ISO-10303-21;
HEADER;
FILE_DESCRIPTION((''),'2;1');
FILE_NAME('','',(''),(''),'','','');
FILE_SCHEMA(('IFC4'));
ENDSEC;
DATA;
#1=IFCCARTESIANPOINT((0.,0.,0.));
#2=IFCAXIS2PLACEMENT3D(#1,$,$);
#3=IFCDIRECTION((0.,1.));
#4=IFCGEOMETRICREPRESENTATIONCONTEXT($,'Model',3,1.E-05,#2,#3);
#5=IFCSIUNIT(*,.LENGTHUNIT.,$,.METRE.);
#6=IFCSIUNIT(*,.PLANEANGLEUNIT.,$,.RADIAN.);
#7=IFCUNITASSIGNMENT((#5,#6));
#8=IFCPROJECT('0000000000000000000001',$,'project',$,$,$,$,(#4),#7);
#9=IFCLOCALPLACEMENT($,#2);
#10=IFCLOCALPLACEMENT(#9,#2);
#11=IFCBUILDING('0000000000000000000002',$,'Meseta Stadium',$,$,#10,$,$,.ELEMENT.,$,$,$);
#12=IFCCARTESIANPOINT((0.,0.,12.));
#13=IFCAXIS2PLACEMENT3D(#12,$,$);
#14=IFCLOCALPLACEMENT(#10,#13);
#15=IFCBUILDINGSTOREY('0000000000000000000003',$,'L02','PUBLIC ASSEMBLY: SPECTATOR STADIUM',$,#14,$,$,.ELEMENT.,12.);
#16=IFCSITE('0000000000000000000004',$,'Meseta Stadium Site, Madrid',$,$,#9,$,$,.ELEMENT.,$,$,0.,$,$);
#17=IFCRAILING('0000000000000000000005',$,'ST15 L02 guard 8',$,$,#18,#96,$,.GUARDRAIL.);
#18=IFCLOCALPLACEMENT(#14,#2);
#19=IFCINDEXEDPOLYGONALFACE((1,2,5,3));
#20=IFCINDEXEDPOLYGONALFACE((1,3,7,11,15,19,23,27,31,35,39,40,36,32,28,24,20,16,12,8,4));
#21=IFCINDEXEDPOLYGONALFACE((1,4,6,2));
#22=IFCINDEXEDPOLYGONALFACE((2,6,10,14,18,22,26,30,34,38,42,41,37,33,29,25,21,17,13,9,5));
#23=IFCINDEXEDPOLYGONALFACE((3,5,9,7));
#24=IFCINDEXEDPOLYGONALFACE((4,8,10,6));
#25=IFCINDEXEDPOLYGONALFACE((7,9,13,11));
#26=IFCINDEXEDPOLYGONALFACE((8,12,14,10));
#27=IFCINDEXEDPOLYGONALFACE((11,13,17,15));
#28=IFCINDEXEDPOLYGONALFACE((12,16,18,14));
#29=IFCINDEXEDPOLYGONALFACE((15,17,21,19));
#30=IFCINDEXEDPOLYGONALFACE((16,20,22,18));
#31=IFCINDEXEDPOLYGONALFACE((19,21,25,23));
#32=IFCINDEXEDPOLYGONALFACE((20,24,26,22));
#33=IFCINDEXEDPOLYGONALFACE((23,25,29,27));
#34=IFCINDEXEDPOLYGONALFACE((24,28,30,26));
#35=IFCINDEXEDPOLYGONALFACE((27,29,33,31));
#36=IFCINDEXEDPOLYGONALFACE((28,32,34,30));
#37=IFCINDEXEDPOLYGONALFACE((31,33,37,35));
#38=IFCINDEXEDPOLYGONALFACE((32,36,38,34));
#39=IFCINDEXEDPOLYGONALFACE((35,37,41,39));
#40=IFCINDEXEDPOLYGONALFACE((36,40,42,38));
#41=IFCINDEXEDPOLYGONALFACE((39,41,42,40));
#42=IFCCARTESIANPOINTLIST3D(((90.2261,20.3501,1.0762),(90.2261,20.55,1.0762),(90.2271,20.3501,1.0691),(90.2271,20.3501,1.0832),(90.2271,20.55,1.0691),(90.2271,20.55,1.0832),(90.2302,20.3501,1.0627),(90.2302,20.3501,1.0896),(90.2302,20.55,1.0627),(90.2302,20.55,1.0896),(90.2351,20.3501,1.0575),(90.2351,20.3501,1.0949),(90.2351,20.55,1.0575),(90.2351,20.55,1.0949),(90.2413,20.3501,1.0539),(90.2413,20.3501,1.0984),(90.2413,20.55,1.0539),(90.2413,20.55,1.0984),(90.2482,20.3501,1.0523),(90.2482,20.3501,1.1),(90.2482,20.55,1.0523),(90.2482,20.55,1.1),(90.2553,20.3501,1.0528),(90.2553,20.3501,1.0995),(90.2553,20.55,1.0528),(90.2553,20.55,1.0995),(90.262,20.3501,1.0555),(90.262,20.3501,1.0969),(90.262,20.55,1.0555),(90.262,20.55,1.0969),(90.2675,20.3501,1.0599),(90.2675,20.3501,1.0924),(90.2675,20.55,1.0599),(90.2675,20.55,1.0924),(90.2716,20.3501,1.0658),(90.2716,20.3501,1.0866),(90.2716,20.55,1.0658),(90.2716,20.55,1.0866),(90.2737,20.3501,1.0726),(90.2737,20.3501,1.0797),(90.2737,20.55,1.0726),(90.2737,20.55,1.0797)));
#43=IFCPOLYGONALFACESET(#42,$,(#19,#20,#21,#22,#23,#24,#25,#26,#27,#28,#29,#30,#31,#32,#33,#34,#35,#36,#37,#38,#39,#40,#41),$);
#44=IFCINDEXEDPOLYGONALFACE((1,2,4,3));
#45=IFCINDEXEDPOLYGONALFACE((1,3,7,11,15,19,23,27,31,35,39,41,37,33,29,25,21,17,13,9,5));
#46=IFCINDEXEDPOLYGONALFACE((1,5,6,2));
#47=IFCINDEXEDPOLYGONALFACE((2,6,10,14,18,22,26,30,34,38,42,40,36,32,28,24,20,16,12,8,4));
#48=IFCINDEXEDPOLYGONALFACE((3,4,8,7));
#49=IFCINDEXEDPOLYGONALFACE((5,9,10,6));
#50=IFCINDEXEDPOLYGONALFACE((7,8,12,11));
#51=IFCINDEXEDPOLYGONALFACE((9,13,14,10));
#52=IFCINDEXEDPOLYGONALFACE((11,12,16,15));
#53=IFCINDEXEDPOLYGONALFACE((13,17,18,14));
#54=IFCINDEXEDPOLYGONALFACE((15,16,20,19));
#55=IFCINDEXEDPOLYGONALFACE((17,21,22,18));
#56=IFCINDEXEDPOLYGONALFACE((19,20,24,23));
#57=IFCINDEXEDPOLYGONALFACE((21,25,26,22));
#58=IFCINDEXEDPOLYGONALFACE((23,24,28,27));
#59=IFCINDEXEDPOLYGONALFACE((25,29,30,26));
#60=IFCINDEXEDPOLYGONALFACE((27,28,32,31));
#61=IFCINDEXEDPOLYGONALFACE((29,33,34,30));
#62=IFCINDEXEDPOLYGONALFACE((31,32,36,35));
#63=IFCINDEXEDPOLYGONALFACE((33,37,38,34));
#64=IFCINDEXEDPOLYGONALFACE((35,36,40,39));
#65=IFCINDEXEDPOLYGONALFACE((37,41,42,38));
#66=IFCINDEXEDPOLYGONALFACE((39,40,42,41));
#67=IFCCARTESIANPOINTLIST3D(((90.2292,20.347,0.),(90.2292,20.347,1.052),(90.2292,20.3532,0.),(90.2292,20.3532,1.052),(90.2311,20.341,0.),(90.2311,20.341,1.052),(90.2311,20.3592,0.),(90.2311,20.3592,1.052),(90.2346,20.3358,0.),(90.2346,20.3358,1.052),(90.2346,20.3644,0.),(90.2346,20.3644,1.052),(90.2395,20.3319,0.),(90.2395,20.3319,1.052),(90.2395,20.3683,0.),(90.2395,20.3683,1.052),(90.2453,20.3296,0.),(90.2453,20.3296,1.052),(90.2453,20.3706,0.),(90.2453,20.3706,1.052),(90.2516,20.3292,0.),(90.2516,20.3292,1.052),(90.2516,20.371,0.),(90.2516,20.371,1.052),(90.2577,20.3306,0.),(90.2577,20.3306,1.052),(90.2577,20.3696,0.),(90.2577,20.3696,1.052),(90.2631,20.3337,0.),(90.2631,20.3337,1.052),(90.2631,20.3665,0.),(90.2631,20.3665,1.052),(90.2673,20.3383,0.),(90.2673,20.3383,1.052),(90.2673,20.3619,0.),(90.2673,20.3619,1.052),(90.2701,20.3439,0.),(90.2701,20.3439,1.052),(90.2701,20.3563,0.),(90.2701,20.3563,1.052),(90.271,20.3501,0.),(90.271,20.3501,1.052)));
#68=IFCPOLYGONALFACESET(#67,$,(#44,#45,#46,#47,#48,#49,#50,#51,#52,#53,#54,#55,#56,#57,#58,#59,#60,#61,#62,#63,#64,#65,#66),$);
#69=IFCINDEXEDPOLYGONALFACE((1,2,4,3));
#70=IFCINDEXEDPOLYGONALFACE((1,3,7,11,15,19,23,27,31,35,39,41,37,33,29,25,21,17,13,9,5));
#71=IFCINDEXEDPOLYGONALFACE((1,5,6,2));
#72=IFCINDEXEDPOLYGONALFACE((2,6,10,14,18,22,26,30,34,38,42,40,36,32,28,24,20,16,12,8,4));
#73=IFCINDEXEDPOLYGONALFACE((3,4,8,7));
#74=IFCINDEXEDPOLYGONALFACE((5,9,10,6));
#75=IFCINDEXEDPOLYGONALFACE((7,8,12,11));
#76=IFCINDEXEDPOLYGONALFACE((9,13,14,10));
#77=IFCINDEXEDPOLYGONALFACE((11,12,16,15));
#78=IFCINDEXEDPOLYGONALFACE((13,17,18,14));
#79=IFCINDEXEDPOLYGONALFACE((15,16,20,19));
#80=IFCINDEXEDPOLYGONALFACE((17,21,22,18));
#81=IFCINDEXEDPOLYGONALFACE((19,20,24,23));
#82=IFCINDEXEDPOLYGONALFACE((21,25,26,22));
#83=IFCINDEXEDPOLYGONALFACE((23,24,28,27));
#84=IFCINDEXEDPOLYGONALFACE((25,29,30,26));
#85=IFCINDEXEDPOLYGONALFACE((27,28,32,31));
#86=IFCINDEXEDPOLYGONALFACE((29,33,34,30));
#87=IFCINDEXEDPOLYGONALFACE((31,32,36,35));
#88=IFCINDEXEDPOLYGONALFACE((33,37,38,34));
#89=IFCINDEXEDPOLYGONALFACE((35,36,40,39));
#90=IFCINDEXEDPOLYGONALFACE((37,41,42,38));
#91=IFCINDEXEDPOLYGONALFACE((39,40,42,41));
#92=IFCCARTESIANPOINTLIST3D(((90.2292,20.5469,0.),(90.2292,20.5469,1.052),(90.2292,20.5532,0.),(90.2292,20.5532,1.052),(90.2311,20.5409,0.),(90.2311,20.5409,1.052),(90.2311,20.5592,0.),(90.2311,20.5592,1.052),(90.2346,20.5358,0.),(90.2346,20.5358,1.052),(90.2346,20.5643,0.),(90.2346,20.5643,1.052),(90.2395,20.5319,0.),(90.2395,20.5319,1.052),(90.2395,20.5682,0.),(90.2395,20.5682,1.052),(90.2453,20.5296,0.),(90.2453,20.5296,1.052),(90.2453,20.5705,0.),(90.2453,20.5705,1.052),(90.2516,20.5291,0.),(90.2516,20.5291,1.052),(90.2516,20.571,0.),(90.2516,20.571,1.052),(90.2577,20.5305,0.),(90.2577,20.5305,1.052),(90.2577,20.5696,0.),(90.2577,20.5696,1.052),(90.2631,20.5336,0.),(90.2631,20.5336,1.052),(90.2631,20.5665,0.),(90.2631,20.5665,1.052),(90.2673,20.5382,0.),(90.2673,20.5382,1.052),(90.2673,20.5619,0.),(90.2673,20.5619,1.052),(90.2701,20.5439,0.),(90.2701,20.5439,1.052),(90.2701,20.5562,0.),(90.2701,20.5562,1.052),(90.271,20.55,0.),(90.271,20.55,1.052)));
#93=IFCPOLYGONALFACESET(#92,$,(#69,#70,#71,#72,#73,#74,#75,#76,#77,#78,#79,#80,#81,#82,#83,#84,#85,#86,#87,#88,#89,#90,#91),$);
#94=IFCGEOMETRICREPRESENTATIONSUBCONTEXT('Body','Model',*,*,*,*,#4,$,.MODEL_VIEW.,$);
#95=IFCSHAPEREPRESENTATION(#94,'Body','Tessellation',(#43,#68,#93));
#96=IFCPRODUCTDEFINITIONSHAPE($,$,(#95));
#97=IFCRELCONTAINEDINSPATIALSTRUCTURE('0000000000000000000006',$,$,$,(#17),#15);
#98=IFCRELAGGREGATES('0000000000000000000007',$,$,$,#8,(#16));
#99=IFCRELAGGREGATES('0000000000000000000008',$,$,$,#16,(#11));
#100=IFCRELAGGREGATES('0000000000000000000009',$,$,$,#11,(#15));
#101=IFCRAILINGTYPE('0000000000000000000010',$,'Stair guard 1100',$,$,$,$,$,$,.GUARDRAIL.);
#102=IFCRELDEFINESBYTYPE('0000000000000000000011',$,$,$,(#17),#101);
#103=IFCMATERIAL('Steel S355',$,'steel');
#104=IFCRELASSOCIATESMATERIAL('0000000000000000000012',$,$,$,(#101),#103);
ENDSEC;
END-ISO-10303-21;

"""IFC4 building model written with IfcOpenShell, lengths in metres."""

from ifc_helpers import new_model, si_unit, direction, frame, origin, origin_2d, place, context, subcontext, project, spatial, circle, extrude, material, type_object, element, save


model = new_model("IFC4")

# Units and contexts
model_context = context("Model", 3, precision=1e-05, world=origin(), true_north=direction((0.0, 1.0)))
body_context = subcontext(model_context, "Body", "Model", "MODEL_VIEW")
ifc_project = project(units=[si_unit("LENGTHUNIT", "METRE"), si_unit("PLANEANGLEUNIT", "RADIAN")], contexts=[model_context])

# Site, building, storey
site_placement = place(None, origin())
site = spatial("IfcSite", under=ifc_project, at=site_placement, Name="Meseta Stadium Site, Madrid", CompositionType="ELEMENT", RefElevation=0.0)
building_placement = place(site_placement, origin())
building = spatial("IfcBuilding", under=site, at=building_placement, Name="Meseta Stadium", CompositionType="ELEMENT")
storey_placement = place(building_placement, frame((0.0, 0.0, 12.0)))
storey = spatial("IfcBuildingStorey", under=building, at=storey_placement, Name="L02", Description="PUBLIC ASSEMBLY: SPECTATOR STADIUM", CompositionType="ELEMENT", Elevation=12.0)

# Railing
ifc_material_1 = material(Name="Steel S355", Category="steel")
railing_type_1 = type_object("IfcRailingType", Name="Stair guard 1100", PredefinedType="GUARDRAIL", material=ifc_material_1)
railing_1_placement = place(storey_placement, frame((90.25, 20.3501, 0.0)))
element("IfcRailing", 1, at=railing_1_placement, inside=storey, type_object=railing_type_1, Name="ST15 L02 guard 8", PredefinedType="GUARDRAIL", context=body_context, shape_type="SweptSolid", body=[
    extrude(circle(Radius=0.0239, at=origin_2d()), frame((0.0, 0.0, 1.0762), z_axis=(0.0, 1.0, 0.0), x_axis=(-1.0, 0.0, 0.0)), (0.0, 0.0, 1.0), 0.2),
    extrude(circle(Radius=0.021, at=origin_2d()), origin(), (0.0, 0.0, 1.0), 1.052),
    extrude(circle(Radius=0.021, at=origin_2d()), frame((0.0, 0.2, 0.0)), (0.0, 0.0, 1.0), 1.052),
])

save(model, "model.ifc")
